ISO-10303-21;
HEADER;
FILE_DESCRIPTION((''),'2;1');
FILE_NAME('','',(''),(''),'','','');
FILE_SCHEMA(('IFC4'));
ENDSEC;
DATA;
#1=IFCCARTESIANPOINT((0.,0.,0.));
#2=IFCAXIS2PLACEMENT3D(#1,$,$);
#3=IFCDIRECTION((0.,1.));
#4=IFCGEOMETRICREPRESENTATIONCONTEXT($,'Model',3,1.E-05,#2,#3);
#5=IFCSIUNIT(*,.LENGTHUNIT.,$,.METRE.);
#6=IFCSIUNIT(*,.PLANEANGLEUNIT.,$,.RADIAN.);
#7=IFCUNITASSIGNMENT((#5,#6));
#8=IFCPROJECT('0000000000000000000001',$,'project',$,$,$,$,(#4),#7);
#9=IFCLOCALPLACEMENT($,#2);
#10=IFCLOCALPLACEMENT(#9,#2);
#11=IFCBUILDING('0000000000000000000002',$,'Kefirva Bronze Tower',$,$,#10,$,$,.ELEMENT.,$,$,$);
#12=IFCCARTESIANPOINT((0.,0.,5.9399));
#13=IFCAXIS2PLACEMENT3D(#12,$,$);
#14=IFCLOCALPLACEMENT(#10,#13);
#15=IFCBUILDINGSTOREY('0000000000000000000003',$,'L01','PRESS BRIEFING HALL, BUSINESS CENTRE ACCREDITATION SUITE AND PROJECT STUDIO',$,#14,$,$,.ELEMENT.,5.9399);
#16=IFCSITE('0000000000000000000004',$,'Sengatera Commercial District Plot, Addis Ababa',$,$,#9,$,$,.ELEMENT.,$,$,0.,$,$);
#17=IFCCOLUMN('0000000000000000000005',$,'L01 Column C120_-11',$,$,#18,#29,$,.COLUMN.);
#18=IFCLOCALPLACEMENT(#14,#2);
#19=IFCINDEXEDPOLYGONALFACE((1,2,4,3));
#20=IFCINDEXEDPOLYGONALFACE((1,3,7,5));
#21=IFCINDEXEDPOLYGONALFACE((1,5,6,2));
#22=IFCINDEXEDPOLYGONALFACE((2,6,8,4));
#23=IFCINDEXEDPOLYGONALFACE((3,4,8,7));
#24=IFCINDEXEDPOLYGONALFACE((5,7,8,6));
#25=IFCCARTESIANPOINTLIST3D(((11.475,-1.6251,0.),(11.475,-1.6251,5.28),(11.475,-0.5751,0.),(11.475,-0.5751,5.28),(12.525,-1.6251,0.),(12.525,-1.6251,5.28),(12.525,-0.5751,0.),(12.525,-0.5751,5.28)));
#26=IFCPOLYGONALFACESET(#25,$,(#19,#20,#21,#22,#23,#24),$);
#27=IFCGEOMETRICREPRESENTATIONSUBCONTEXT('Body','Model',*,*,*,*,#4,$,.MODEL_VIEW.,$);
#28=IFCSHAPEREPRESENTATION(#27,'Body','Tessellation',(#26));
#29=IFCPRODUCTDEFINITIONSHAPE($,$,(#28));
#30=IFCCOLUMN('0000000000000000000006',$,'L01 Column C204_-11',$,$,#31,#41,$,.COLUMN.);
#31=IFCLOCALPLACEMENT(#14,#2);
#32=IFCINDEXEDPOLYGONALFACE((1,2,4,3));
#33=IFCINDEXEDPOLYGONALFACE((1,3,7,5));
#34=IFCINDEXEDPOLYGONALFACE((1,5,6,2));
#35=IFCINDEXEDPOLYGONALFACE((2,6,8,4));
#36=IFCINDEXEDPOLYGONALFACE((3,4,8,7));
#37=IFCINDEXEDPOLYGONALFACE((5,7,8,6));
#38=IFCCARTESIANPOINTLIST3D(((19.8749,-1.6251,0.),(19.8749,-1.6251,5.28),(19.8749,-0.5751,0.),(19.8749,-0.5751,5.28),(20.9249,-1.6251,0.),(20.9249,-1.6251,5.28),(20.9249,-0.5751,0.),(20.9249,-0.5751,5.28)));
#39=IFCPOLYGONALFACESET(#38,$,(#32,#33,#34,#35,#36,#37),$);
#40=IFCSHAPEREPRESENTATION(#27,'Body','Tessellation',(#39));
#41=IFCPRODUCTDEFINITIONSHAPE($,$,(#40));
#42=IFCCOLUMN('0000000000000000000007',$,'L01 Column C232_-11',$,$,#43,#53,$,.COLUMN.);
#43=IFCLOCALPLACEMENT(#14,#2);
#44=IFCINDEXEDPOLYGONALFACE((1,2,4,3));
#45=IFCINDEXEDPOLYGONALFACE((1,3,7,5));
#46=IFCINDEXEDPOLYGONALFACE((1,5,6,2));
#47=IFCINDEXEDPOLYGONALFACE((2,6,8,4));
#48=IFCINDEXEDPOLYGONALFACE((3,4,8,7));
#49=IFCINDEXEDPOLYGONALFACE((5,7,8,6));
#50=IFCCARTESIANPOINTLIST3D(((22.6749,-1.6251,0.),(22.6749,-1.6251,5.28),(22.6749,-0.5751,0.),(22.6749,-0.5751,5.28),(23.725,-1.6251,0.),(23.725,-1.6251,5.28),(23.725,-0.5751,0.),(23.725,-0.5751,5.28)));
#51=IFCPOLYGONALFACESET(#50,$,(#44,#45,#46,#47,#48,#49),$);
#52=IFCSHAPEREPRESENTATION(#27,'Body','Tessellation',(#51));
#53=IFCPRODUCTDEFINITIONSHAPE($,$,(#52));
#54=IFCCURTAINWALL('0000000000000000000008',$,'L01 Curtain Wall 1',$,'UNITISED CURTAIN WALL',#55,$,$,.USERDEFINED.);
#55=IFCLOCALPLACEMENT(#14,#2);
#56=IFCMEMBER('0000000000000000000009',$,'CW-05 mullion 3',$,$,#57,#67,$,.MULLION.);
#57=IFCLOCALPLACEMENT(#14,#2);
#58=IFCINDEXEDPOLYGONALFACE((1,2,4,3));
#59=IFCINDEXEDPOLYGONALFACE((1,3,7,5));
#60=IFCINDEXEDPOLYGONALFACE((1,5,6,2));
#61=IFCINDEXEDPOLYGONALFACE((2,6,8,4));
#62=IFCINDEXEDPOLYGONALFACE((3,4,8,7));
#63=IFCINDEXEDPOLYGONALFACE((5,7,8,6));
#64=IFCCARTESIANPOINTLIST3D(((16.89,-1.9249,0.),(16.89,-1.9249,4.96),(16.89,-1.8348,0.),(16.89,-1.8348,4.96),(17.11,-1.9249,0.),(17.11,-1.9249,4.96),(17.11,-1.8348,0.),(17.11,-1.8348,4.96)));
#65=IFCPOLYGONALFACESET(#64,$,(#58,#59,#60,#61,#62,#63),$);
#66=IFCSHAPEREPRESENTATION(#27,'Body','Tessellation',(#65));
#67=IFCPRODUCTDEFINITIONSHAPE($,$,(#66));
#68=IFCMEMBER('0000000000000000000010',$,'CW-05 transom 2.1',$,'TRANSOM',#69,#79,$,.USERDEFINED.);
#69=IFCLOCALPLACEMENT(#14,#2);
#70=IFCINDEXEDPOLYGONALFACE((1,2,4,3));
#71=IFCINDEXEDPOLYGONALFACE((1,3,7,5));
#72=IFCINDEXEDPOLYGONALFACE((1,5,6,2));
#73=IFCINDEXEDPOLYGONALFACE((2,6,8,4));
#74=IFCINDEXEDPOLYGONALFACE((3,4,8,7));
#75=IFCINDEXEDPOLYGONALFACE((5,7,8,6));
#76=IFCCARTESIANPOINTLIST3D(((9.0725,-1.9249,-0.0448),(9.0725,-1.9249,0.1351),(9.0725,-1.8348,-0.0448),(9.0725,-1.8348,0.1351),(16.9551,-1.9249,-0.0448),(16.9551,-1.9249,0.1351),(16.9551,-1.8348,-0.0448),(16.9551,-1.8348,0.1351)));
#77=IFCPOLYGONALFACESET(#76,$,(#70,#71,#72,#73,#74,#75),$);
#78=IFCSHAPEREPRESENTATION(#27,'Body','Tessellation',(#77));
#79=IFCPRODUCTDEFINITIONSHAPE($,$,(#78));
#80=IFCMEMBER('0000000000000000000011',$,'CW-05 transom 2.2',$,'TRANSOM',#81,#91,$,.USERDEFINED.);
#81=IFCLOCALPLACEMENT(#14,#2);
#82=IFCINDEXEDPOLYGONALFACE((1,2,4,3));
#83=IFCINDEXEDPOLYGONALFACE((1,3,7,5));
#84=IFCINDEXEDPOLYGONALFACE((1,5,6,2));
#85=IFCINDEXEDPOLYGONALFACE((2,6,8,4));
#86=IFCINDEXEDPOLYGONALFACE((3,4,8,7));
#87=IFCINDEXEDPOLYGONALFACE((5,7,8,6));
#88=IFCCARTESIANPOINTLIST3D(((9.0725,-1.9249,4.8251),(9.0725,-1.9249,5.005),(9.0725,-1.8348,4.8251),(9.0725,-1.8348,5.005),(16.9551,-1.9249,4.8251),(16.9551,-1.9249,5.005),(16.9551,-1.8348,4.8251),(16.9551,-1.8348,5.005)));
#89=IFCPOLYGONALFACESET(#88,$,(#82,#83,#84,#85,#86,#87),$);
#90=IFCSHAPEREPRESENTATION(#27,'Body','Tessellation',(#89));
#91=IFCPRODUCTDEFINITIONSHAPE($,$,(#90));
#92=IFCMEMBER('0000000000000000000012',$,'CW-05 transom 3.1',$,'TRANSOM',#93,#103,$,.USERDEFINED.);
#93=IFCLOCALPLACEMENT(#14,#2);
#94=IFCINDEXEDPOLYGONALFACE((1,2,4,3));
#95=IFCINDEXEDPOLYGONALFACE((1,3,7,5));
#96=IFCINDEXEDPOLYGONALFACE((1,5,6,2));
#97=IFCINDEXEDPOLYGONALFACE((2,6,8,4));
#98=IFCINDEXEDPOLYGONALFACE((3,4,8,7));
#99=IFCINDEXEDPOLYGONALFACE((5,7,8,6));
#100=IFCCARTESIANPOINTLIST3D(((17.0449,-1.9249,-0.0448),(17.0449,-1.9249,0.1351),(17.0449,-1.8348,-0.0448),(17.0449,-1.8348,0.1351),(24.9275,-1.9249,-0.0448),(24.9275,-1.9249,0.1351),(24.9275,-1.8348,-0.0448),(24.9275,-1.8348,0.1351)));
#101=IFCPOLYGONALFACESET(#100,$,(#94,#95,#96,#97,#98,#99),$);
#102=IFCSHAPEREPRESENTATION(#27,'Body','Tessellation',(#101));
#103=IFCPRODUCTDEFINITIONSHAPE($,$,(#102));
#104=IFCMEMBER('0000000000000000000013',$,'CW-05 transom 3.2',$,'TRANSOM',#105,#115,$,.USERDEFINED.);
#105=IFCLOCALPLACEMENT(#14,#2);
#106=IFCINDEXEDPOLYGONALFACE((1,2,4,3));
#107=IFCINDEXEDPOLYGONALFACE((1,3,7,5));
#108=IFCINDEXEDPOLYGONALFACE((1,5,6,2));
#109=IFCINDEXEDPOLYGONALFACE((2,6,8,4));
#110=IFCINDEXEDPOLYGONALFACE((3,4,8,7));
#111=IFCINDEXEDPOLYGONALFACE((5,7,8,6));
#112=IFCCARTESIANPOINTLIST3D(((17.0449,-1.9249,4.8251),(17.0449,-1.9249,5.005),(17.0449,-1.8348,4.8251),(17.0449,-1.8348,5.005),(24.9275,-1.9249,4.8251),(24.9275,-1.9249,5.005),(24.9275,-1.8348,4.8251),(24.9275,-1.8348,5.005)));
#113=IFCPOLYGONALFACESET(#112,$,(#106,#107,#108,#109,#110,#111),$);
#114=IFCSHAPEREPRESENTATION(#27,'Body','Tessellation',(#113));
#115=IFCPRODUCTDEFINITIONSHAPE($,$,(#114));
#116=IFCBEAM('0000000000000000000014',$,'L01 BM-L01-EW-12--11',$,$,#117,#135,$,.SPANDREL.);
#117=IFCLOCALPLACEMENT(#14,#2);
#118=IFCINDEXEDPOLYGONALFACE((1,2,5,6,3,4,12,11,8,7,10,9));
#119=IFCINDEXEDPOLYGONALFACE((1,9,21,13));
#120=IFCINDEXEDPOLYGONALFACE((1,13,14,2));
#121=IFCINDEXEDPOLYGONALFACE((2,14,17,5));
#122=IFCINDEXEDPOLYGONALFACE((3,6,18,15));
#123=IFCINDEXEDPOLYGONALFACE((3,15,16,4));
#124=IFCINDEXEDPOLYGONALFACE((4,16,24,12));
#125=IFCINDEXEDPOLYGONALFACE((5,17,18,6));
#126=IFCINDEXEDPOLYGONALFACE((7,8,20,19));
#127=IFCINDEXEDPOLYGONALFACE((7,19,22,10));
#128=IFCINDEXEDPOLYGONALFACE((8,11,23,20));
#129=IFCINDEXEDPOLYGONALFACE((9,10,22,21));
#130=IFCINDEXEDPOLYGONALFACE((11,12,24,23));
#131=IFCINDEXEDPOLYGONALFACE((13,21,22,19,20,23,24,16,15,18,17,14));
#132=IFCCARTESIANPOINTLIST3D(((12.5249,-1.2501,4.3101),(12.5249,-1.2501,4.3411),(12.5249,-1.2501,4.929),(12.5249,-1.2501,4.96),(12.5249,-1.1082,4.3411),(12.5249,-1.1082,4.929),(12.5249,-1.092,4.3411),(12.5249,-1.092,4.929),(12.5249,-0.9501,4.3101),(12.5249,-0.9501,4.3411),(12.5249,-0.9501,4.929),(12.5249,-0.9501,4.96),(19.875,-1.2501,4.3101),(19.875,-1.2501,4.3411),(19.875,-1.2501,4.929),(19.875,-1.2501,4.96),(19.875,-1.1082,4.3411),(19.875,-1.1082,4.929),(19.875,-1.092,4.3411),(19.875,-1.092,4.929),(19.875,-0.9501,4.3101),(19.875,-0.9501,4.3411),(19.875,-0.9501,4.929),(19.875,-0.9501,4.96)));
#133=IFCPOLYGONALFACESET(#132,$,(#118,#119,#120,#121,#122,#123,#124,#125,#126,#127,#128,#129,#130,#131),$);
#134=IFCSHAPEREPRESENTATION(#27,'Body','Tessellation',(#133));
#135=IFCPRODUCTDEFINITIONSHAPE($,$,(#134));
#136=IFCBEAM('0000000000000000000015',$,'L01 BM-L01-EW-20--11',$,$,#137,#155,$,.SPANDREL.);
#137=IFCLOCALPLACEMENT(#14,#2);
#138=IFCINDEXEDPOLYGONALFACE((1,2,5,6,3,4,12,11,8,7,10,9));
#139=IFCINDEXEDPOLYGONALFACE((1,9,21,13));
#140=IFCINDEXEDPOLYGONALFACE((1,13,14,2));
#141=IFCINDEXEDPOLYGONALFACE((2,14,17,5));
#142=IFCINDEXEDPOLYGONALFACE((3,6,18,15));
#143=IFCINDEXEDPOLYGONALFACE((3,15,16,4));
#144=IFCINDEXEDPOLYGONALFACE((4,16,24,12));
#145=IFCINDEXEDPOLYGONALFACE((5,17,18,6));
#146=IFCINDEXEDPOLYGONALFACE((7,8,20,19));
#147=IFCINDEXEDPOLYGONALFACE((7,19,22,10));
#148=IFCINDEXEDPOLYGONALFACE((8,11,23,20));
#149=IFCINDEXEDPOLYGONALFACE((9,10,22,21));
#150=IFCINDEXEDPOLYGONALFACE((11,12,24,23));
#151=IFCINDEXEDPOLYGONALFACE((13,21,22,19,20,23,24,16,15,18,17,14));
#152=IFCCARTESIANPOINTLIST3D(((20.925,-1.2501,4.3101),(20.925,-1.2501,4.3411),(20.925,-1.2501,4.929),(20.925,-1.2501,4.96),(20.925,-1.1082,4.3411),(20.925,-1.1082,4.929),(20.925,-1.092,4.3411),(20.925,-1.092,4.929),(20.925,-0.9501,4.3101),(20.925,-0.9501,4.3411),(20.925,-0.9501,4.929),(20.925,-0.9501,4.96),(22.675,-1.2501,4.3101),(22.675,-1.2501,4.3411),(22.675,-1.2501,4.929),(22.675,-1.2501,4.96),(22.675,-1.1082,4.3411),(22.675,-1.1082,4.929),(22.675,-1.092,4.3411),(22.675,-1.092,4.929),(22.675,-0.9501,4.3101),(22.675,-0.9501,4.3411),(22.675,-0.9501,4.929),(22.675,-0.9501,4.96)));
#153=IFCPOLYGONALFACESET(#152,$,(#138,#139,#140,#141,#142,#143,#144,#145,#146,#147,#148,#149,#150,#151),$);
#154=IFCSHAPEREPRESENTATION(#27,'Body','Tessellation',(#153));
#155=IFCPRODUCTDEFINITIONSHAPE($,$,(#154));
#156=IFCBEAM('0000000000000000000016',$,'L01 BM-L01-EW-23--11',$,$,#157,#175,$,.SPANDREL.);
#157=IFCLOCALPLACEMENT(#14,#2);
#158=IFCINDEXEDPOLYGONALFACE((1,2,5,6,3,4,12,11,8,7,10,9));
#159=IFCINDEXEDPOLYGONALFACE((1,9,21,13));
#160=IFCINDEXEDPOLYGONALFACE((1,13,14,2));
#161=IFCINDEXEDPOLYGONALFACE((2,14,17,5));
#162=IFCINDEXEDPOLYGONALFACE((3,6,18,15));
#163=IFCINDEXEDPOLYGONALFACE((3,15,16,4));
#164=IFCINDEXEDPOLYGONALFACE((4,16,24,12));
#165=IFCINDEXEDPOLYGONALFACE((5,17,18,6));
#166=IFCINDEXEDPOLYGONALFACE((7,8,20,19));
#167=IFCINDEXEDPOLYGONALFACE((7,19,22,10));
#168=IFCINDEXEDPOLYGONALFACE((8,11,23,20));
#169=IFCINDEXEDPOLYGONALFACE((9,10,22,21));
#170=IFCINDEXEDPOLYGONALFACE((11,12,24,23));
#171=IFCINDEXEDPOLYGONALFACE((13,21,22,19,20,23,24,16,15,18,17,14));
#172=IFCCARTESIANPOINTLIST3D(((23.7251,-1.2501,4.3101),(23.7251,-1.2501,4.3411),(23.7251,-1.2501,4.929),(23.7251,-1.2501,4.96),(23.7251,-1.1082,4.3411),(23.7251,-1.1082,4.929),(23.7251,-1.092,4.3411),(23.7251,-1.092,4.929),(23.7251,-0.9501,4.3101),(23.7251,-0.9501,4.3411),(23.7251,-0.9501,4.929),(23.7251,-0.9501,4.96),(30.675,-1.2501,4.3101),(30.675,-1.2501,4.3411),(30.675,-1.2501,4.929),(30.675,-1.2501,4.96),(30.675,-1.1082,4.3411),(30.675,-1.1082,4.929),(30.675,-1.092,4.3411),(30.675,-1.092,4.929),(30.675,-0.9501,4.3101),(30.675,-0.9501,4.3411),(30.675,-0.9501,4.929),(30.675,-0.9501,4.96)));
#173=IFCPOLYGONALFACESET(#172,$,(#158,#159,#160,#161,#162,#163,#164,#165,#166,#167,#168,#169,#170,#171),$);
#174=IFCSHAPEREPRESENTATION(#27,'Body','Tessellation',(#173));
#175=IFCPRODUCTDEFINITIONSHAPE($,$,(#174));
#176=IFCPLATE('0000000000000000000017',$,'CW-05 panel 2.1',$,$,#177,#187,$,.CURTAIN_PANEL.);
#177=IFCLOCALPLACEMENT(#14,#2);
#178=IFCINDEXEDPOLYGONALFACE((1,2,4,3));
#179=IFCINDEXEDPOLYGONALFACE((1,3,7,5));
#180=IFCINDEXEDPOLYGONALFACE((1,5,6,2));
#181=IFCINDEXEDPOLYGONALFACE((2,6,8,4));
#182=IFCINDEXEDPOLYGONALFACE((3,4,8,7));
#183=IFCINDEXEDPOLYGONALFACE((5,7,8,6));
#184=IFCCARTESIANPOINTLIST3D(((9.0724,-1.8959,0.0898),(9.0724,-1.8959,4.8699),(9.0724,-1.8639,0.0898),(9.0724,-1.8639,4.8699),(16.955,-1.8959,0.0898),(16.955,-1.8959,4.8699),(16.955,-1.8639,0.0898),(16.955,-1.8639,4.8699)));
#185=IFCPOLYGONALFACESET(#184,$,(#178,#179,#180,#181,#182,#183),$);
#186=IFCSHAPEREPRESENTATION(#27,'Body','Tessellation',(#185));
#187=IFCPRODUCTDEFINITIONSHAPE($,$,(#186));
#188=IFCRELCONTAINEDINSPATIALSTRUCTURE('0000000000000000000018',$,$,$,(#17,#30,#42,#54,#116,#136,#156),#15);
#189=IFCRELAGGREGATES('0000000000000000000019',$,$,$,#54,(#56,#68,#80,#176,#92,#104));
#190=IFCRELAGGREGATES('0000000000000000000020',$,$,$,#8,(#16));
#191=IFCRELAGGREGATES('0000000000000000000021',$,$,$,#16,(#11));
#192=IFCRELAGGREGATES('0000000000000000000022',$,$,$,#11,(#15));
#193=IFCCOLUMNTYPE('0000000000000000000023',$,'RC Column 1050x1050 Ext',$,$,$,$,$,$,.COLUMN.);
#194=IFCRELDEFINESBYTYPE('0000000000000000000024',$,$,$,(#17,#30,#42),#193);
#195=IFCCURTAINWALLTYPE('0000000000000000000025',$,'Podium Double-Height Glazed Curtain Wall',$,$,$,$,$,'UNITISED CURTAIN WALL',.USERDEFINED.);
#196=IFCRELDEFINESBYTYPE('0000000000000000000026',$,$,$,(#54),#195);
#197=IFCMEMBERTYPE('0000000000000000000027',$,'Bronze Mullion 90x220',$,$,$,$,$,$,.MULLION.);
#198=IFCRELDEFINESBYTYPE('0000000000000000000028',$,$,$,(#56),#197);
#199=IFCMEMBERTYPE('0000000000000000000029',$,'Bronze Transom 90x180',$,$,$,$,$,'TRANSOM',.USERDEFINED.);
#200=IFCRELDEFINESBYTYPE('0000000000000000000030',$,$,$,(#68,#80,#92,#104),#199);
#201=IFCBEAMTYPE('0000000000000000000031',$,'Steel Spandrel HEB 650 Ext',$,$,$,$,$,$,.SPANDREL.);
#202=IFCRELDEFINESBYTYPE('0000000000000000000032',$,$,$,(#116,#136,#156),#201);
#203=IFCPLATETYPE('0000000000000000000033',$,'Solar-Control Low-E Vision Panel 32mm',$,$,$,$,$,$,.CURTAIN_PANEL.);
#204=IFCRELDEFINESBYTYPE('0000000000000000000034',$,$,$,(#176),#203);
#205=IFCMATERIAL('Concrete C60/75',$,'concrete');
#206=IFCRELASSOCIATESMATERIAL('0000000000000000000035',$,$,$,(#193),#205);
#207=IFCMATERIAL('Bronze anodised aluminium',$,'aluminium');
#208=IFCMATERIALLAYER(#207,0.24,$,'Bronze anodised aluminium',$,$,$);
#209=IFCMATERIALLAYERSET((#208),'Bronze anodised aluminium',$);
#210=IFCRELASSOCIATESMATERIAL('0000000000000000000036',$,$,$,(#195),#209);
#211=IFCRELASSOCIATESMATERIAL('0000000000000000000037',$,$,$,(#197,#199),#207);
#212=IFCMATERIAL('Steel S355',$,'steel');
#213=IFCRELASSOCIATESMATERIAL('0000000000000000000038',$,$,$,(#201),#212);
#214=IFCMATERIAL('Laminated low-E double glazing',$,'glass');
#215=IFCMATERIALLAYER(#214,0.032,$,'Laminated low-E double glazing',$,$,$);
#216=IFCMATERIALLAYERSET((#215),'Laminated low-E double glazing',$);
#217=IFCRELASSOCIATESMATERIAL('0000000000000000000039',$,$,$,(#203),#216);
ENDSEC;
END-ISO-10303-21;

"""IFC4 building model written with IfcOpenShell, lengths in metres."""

from ifc_helpers import new_model, si_unit, direction, frame, origin, origin_2d, place, context, subcontext, project, spatial, rectangle, i_section, extrude, material, layer, layer_set, material_profile, profile_set, type_object, element, aggregate, save


model = new_model("IFC4")

# Units and contexts
model_context = context("Model", 3, precision=1e-05, world=origin(), true_north=direction((0.0, 1.0)))
body_context = subcontext(model_context, "Body", "Model", "MODEL_VIEW")
ifc_project = project(units=[si_unit("LENGTHUNIT", "METRE"), si_unit("PLANEANGLEUNIT", "RADIAN")], contexts=[model_context])

# Site, building, storey
site_placement = place(None, origin())
site = spatial("IfcSite", under=ifc_project, at=site_placement, Name="Sengatera Commercial District Plot, Addis Ababa", CompositionType="ELEMENT", RefElevation=0.0)
building_placement = place(site_placement, origin())
building = spatial("IfcBuilding", under=site, at=building_placement, Name="Kefirva Bronze Tower", CompositionType="ELEMENT")
storey_placement = place(building_placement, frame((0.0, 0.0, 5.9399)))
storey = spatial("IfcBuildingStorey", under=building, at=storey_placement, Name="L01", Description="PRESS BRIEFING HALL, BUSINESS CENTRE ACCREDITATION SUITE AND PROJECT STUDIO", CompositionType="ELEMENT", Elevation=5.9399)

# Columns
ifc_material_1 = material(Name="Concrete C60/75", Category="concrete")
ifc_material_profile_1 = material_profile(ifc_material_1, rectangle(XDim=1.05, YDim=1.05, at=origin_2d()), Name="RC 1050x1050")
ifc_profile_set_1 = profile_set([ifc_material_profile_1], Name="Concrete C60/75")
column_type = type_object("IfcColumnType", Name="RC Column 1050x1050 Ext", PredefinedType="COLUMN", material=ifc_profile_set_1)
for number, where, z_axis, x_axis, name in (
    (1, (12.0, -1.1001, 0.0), (0.0, 0.0, 1.0), (1.0, 0.0, 0.0), "L01 Column C120_-11"),
    (2, (20.3999, -1.1001, 0.0), (0.0, 0.0, 1.0), (1.0, 0.0, 0.0), "L01 Column C204_-11"),
    (3, (23.2, -1.1001, 0.0), (0.0, 0.0, 1.0), (1.0, 0.0, 0.0), "L01 Column C232_-11"),
):
    element("IfcColumn", number, at=place(storey_placement, frame(where, z_axis=z_axis, x_axis=x_axis)), inside=storey, type_object=column_type, Name=name, PredefinedType="COLUMN", context=body_context, shape_type="SweptSolid", body=[
        extrude(rectangle(XDim=1.05, YDim=1.05, at=origin_2d()), origin(), (0.0, 0.0, 1.0), 5.28),
    ])

# Curtain wall, members
ifc_material_2 = material(Name="Bronze anodised aluminium", Category="aluminium")
ifc_layer_1 = layer(ifc_material_2, 0.24, Name="Bronze anodised aluminium")
ifc_layer_set_1 = layer_set([ifc_layer_1], Name="Bronze anodised aluminium")
curtain_wall_type = type_object("IfcCurtainWallType", Name="Podium Double-Height Glazed Curtain Wall", ElementType="UNITISED CURTAIN WALL", PredefinedType="USERDEFINED", material=ifc_layer_set_1)
curtain_wall_placement = place(storey_placement, origin())
curtain_wall = element("IfcCurtainWall", 4, at=curtain_wall_placement, inside=storey, type_object=curtain_wall_type, Name="L01 Curtain Wall 1", ObjectType="UNITISED CURTAIN WALL", PredefinedType="USERDEFINED")
ifc_material_profile_2 = material_profile(ifc_material_2, rectangle(XDim=0.0901, YDim=0.22, at=origin_2d()), Name="ALU 90x220")
ifc_profile_set_2 = profile_set([ifc_material_profile_2], Name="Bronze anodised aluminium")
member_type_1 = type_object("IfcMemberType", Name="Bronze Mullion 90x220", PredefinedType="MULLION", material=ifc_profile_set_2)
member_1_placement = place(storey_placement, frame((17.0, -1.8799, 0.0), z_axis=(0.0, 0.0, 1.0), x_axis=(0.0, 1.0, 0.0)))
member_1 = element("IfcMember", 5, at=member_1_placement, type_object=member_type_1, Name="CW-05 mullion 3", PredefinedType="MULLION", context=body_context, shape_type="SweptSolid", body=[
    extrude(rectangle(XDim=0.0901, YDim=0.22, at=origin_2d()), origin(), (0.0, 0.0, 1.0), 4.96),
])
ifc_material_profile_3 = material_profile(ifc_material_2, rectangle(XDim=0.0901, YDim=0.1799, at=origin_2d()), Name="ALU 90x180")
ifc_profile_set_3 = profile_set([ifc_material_profile_3], Name="Bronze anodised aluminium")
member_type_2 = type_object("IfcMemberType", Name="Bronze Transom 90x180", ElementType="TRANSOM", PredefinedType="USERDEFINED", material=ifc_profile_set_3)
member_2_placement = place(storey_placement, frame((9.0725, -1.8799, 0.0452), z_axis=(1.0, 0.0, 0.0), x_axis=(0.0, 1.0, 0.0)))
member_2 = element("IfcMember", 6, at=member_2_placement, type_object=member_type_2, Name="CW-05 transom 2.1", ObjectType="TRANSOM", PredefinedType="USERDEFINED", context=body_context, shape_type="SweptSolid", body=[
    extrude(rectangle(XDim=0.0901, YDim=0.1799, at=origin_2d()), origin(), (0.0, 0.0, 1.0), 7.8826),
])
member_3_placement = place(storey_placement, frame((9.0725, -1.8799, 4.915), z_axis=(1.0, 0.0, 0.0), x_axis=(0.0, 1.0, 0.0)))
member_3 = element("IfcMember", 7, at=member_3_placement, type_object=member_type_2, Name="CW-05 transom 2.2", ObjectType="TRANSOM", PredefinedType="USERDEFINED", context=body_context, shape_type="SweptSolid", body=[
    extrude(rectangle(XDim=0.0901, YDim=0.1799, at=origin_2d()), origin(), (0.0, 0.0, 1.0), 7.8826),
])
member_4_placement = place(storey_placement, frame((17.0449, -1.8799, 0.0452), z_axis=(1.0, 0.0, 0.0), x_axis=(0.0, 1.0, 0.0)))
member_4 = element("IfcMember", 8, at=member_4_placement, type_object=member_type_2, Name="CW-05 transom 3.1", ObjectType="TRANSOM", PredefinedType="USERDEFINED", context=body_context, shape_type="SweptSolid", body=[
    extrude(rectangle(XDim=0.0901, YDim=0.1799, at=origin_2d()), origin(), (0.0, 0.0, 1.0), 7.8826),
])
member_5_placement = place(storey_placement, frame((17.0449, -1.8799, 4.915), z_axis=(1.0, 0.0, 0.0), x_axis=(0.0, 1.0, 0.0)))
member_5 = element("IfcMember", 9, at=member_5_placement, type_object=member_type_2, Name="CW-05 transom 3.2", ObjectType="TRANSOM", PredefinedType="USERDEFINED", context=body_context, shape_type="SweptSolid", body=[
    extrude(rectangle(XDim=0.0901, YDim=0.1799, at=origin_2d()), origin(), (0.0, 0.0, 1.0), 7.8826),
])

# Beams
ifc_material_3 = material(Name="Steel S355", Category="steel")
ifc_material_profile_4 = material_profile(ifc_material_3, i_section(OverallWidth=0.3, OverallDepth=0.6499, WebThickness=0.0161, FlangeThickness=0.031, at=origin_2d()), Name="HEB 650")
ifc_profile_set_4 = profile_set([ifc_material_profile_4], Name="Steel S355")
beam_type = type_object("IfcBeamType", Name="Steel Spandrel HEB 650 Ext", PredefinedType="SPANDREL", material=ifc_profile_set_4)
beam_1_placement = place(storey_placement, frame((12.5249, -1.1001, 4.635), z_axis=(1.0, 0.0, 0.0), x_axis=(0.0, 1.0, 0.0)))
element("IfcBeam", 10, at=beam_1_placement, inside=storey, type_object=beam_type, Name="L01 BM-L01-EW-12--11", PredefinedType="SPANDREL", context=body_context, shape_type="SweptSolid", body=[
    extrude(i_section(OverallWidth=0.3, OverallDepth=0.6499, WebThickness=0.0161, FlangeThickness=0.031, at=origin_2d()), origin(), (0.0, 0.0, 1.0), 7.3501),
])
beam_2_placement = place(storey_placement, frame((20.925, -1.1001, 4.635), z_axis=(1.0, 0.0, 0.0), x_axis=(0.0, 1.0, 0.0)))
element("IfcBeam", 11, at=beam_2_placement, inside=storey, type_object=beam_type, Name="L01 BM-L01-EW-20--11", PredefinedType="SPANDREL", context=body_context, shape_type="SweptSolid", body=[
    extrude(i_section(OverallWidth=0.3, OverallDepth=0.6499, WebThickness=0.0161, FlangeThickness=0.031, at=origin_2d()), origin(), (0.0, 0.0, 1.0), 1.75),
])
beam_3_placement = place(storey_placement, frame((23.7251, -1.1001, 4.635), z_axis=(1.0, 0.0, 0.0), x_axis=(0.0, 1.0, 0.0)))
element("IfcBeam", 12, at=beam_3_placement, inside=storey, type_object=beam_type, Name="L01 BM-L01-EW-23--11", PredefinedType="SPANDREL", context=body_context, shape_type="SweptSolid", body=[
    extrude(i_section(OverallWidth=0.3, OverallDepth=0.6499, WebThickness=0.0161, FlangeThickness=0.031, at=origin_2d()), origin(), (0.0, 0.0, 1.0), 6.95),
])

# Plate
ifc_material_4 = material(Name="Laminated low-E double glazing", Category="glass")
ifc_layer_2 = layer(ifc_material_4, 0.032, Name="Laminated low-E double glazing")
ifc_layer_set_2 = layer_set([ifc_layer_2], Name="Laminated low-E double glazing")
plate_type = type_object("IfcPlateType", Name="Solar-Control Low-E Vision Panel 32mm", PredefinedType="CURTAIN_PANEL", material=ifc_layer_set_2)
plate_1_placement = place(storey_placement, frame((13.0137, -1.8799, 0.0898), z_axis=(0.0, 0.0, 1.0), x_axis=(1.0, 0.0, 0.0)))
plate_1 = element("IfcPlate", 13, at=plate_1_placement, type_object=plate_type, Name="CW-05 panel 2.1", PredefinedType="CURTAIN_PANEL", context=body_context, shape_type="SweptSolid", body=[
    extrude(rectangle(XDim=7.8826, YDim=0.032, at=origin_2d()), origin(), (0.0, 0.0, 1.0), 4.78),
])
aggregate(curtain_wall, [member_1, member_2, member_3, plate_1, member_4, member_5])

save(model, "model.ifc")
